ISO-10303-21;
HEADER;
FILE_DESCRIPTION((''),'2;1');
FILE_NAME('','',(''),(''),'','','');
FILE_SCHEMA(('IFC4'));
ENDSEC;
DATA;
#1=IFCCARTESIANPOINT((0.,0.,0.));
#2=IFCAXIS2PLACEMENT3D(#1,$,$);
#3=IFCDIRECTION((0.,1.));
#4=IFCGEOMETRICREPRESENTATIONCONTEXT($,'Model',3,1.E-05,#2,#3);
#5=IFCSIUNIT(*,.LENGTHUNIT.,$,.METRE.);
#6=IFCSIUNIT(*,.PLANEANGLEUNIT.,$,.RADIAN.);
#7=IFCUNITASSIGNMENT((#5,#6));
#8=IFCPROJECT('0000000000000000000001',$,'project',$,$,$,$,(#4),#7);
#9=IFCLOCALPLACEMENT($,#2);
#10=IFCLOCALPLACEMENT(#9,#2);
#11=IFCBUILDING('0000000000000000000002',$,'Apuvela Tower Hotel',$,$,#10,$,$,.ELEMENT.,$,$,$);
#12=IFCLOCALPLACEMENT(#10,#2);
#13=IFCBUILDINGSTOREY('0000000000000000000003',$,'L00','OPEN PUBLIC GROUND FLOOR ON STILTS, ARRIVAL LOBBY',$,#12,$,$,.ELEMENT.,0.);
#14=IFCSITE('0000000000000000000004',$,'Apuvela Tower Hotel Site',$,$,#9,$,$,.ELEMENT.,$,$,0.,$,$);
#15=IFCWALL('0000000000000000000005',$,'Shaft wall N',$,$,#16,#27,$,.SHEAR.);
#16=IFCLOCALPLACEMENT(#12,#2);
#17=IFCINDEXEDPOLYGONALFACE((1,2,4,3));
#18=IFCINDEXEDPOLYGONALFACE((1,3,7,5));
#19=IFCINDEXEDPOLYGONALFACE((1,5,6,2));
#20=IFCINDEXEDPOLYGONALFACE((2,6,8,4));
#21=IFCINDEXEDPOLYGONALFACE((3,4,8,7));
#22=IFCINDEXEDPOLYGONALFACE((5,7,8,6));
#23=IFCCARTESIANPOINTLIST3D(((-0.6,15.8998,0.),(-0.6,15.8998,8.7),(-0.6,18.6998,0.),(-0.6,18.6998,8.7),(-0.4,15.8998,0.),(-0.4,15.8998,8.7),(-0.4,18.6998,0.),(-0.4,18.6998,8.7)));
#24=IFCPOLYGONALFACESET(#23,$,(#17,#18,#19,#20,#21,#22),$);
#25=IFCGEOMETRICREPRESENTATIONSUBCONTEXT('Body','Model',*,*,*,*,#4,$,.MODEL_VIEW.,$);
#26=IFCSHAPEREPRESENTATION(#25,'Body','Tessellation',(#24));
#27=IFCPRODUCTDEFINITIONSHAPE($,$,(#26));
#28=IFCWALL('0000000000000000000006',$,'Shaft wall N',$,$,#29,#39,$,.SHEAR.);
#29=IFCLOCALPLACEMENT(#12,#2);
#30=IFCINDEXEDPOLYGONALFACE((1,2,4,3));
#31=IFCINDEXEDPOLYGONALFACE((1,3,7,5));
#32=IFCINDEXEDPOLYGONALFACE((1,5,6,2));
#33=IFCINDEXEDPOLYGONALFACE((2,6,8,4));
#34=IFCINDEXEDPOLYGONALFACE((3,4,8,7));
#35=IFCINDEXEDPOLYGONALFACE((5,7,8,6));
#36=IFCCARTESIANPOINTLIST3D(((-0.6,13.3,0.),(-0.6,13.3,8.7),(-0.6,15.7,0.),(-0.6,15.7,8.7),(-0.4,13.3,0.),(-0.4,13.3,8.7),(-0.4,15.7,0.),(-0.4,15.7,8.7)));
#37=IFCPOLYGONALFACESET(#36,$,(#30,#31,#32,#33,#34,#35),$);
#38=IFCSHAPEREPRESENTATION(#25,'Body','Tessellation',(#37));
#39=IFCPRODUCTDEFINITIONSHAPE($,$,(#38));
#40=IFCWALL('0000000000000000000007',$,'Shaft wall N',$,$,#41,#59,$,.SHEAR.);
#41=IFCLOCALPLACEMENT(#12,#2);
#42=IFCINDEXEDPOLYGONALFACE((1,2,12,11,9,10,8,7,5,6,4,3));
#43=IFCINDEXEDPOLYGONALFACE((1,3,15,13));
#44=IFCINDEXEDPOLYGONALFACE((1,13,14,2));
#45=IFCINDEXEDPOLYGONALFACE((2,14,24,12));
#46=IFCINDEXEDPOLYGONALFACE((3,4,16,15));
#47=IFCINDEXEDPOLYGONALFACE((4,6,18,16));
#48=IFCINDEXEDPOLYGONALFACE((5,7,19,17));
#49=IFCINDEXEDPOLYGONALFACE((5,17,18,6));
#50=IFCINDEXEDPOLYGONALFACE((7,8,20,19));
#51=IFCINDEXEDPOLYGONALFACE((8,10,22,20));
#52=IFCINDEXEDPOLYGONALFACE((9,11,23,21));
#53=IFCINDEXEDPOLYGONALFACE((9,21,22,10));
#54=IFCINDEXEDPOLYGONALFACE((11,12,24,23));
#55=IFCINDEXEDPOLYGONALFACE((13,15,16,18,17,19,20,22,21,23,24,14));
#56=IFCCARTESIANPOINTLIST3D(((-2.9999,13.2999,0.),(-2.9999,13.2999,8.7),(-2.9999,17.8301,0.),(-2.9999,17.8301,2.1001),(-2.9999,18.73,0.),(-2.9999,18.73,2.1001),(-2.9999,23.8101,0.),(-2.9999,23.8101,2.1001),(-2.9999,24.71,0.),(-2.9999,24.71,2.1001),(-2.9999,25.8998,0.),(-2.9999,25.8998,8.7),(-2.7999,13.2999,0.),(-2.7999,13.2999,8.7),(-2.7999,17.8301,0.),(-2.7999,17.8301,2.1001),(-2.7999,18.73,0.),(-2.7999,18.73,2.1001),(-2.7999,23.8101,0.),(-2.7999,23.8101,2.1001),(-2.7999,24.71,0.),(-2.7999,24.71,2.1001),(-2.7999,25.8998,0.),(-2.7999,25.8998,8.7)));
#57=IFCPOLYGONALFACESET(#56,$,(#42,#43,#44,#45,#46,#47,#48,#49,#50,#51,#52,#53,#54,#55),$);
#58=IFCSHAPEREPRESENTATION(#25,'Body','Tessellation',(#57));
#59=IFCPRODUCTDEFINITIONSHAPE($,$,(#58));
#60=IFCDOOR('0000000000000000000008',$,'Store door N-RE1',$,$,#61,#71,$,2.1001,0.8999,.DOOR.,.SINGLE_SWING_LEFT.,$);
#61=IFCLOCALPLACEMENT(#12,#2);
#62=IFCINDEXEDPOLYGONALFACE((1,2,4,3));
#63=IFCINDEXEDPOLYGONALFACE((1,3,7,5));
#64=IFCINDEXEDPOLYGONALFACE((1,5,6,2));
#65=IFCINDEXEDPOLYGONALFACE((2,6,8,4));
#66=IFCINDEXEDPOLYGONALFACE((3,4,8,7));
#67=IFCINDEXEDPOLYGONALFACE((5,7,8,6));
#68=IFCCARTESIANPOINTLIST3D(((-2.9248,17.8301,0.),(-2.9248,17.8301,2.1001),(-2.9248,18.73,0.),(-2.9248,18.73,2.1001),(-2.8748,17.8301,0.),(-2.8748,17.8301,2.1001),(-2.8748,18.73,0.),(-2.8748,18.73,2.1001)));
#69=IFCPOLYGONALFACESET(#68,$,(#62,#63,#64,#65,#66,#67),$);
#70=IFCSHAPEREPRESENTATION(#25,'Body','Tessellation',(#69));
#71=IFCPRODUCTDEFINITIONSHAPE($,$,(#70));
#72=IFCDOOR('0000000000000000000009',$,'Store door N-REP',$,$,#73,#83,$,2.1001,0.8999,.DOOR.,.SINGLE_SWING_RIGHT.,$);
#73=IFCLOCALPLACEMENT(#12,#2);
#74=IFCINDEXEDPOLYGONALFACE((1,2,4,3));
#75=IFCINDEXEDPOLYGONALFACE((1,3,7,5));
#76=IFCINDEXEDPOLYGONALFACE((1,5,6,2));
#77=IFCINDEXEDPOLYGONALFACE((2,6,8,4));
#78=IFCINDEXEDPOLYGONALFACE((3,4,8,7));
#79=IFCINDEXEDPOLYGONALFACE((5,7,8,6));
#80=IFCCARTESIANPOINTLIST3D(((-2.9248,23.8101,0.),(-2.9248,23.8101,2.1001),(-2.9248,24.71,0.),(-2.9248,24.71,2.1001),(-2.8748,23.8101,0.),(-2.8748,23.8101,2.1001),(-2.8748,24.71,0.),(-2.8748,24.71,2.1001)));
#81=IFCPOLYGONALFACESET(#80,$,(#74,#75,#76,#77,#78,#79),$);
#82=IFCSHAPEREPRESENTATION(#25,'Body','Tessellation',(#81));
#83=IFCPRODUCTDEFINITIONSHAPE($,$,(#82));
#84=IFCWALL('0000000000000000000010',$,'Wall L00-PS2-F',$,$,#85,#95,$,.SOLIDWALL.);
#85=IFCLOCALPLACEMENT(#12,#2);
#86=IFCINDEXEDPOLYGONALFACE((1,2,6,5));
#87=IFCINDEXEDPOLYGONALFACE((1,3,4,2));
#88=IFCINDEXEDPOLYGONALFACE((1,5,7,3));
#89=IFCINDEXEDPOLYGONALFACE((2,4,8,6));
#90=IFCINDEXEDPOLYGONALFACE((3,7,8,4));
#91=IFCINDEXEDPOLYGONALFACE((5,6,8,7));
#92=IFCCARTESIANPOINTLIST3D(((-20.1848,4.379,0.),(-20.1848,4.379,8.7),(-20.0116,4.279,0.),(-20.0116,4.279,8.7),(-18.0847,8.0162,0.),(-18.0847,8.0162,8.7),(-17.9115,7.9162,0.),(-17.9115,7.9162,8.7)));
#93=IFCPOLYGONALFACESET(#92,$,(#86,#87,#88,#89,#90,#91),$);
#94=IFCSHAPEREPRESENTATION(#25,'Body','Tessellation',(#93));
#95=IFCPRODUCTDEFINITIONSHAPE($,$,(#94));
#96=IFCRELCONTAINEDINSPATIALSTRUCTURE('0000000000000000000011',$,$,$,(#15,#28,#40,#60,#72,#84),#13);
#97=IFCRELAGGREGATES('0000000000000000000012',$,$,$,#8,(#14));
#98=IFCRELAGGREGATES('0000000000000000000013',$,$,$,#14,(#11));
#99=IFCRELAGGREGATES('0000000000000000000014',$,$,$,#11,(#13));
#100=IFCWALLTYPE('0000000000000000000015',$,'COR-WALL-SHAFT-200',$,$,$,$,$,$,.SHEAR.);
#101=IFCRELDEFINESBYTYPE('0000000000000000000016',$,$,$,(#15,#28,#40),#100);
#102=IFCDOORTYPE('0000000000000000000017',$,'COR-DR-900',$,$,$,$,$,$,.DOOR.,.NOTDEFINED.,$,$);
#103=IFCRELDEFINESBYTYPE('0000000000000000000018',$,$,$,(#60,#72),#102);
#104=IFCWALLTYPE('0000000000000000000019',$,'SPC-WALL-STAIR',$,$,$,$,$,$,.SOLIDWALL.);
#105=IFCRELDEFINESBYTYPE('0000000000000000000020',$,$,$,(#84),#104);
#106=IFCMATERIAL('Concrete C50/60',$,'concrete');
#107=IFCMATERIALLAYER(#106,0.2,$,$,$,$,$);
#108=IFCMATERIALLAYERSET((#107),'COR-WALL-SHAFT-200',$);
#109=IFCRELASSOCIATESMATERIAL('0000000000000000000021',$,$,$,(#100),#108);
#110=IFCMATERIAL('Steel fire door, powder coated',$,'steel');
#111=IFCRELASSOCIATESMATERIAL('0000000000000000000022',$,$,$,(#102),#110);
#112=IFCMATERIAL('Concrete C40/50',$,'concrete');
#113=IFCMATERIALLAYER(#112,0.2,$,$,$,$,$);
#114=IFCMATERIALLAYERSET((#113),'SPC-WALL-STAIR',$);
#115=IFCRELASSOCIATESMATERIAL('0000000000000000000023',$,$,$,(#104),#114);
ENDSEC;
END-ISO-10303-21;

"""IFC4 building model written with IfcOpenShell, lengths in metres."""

from ifc_helpers import new_model, si_unit, direction, frame, frame_2d, origin, place, context, subcontext, project, spatial, rectangle, extrude, material, layer, layer_set, type_object, element, fill, save


model = new_model("IFC4")

# Units and contexts
model_context = context("Model", 3, precision=1e-05, world=origin(), true_north=direction((0.0, 1.0)))
body_context = subcontext(model_context, "Body", "Model", "MODEL_VIEW")
ifc_project = project(units=[si_unit("LENGTHUNIT", "METRE"), si_unit("PLANEANGLEUNIT", "RADIAN")], contexts=[model_context])

# Site, building, storey
site_placement = place(None, origin())
site = spatial("IfcSite", under=ifc_project, at=site_placement, Name="Apuvela Tower Hotel Site", CompositionType="ELEMENT", RefElevation=0.0)
building_placement = place(site_placement, origin())
building = spatial("IfcBuilding", under=site, at=building_placement, Name="Apuvela Tower Hotel", CompositionType="ELEMENT")
storey_placement = place(building_placement, origin())
storey = spatial("IfcBuildingStorey", under=building, at=storey_placement, Name="L00", Description="OPEN PUBLIC GROUND FLOOR ON STILTS, ARRIVAL LOBBY", CompositionType="ELEMENT", Elevation=0.0)

# Shared definitions
ifc_material_1 = material(Name="Concrete C40/50", Category="concrete")

# Shared definitions
ifc_material_2 = material(Name="Concrete C50/60", Category="concrete")

# Shared definitions
ifc_layer_1 = layer(ifc_material_2, 0.2)
ifc_layer_set_1 = layer_set([ifc_layer_1], Name="COR-WALL-SHAFT-200")
wall_type_1 = type_object("IfcWallType", Name="COR-WALL-SHAFT-200", PredefinedType="SHEAR", material=ifc_layer_set_1)

# Walls
wall_1_placement = place(storey_placement, frame((-0.5, 15.8999, 0.0), z_axis=(0.0, 0.0, 1.0), x_axis=(0.0, 1.0, 0.0)))
element("IfcWall", 1, at=wall_1_placement, inside=storey, type_object=wall_type_1, Name="Shaft wall N", PredefinedType="SHEAR", context=body_context, shape_type="SweptSolid", body=[
    extrude(rectangle(XDim=2.8, YDim=0.2, at=frame_2d((1.3999, 0.0))), origin(), (0.0, 0.0, 1.0), 8.7),
])
wall_2_placement = place(storey_placement, frame((-0.5, 13.3, 0.0), z_axis=(0.0, 0.0, 1.0), x_axis=(0.0, 1.0, 0.0)))
element("IfcWall", 2, at=wall_2_placement, inside=storey, type_object=wall_type_1, Name="Shaft wall N", PredefinedType="SHEAR", context=body_context, shape_type="SweptSolid", body=[
    extrude(rectangle(XDim=2.3999, YDim=0.2, at=frame_2d((1.2, 0.0))), origin(), (0.0, 0.0, 1.0), 8.7),
])

# Wall, openings, doors
wall_3_placement = place(storey_placement, frame((-2.8999, 13.3, 0.0), z_axis=(0.0, 0.0, 1.0), x_axis=(0.0, 1.0, 0.0)))
wall_3 = element("IfcWall", 3, at=wall_3_placement, inside=storey, type_object=wall_type_1, Name="Shaft wall N", PredefinedType="SHEAR", context=body_context, shape_type="SweptSolid", body=[
    extrude(rectangle(XDim=12.5999, YDim=0.2, at=frame_2d((6.2998, 0.0))), origin(), (0.0, 0.0, 1.0), 8.7),
])
opening_1_placement = place(wall_3_placement, frame((4.53, 0.0, 0.0)))
opening_1 = element("IfcOpeningElement", 4, at=opening_1_placement, cuts=wall_3, PredefinedType="OPENING", context=body_context, shape_type="SweptSolid", body=[
    extrude(rectangle(XDim=0.8999, YDim=2.1001, at=frame_2d((0.45, 1.05))), frame((0.0, 0.1099, 0.0), z_axis=(0.0, -1.0, 0.0), x_axis=(1.0, 0.0, 0.0)), (0.0, 0.0, 1.0), 0.22),
])
opening_2_placement = place(wall_3_placement, frame((10.51, 0.0, 0.0)))
opening_2 = element("IfcOpeningElement", 5, at=opening_2_placement, cuts=wall_3, PredefinedType="OPENING", context=body_context, shape_type="SweptSolid", body=[
    extrude(rectangle(XDim=0.8999, YDim=2.1001, at=frame_2d((0.45, 1.05))), frame((0.0, 0.1099, 0.0), z_axis=(0.0, -1.0, 0.0), x_axis=(1.0, 0.0, 0.0)), (0.0, 0.0, 1.0), 0.22),
])
ifc_material_3 = material(Name="Steel fire door, powder coated", Category="steel")
door_type_1 = type_object("IfcDoorType", Name="COR-DR-900", OperationType="NOTDEFINED", PredefinedType="DOOR", material=ifc_material_3)
door_1_placement = place(opening_1_placement, origin())
door_1 = element("IfcDoor", 6, at=door_1_placement, inside=storey, type_object=door_type_1, Name="Store door N-RE1", OperationType="SINGLE_SWING_LEFT", OverallHeight=2.1001, OverallWidth=0.8999, PredefinedType="DOOR", context=body_context, shape_type="SweptSolid", body=[
    extrude(rectangle(XDim=0.8999, YDim=2.1001, at=frame_2d((0.45, 1.05))), frame((0.0, 0.0249, 0.0), z_axis=(0.0, -1.0, 0.0), x_axis=(1.0, 0.0, 0.0)), (0.0, 0.0, 1.0), 0.05),
])
fill(opening_1, door_1)
door_2_placement = place(opening_2_placement, origin())
door_2 = element("IfcDoor", 7, at=door_2_placement, inside=storey, type_object=door_type_1, Name="Store door N-REP", OperationType="SINGLE_SWING_RIGHT", OverallHeight=2.1001, OverallWidth=0.8999, PredefinedType="DOOR", context=body_context, shape_type="SweptSolid", body=[
    extrude(rectangle(XDim=0.8999, YDim=2.1001, at=frame_2d((0.45, 1.05))), frame((0.0, 0.0249, 0.0), z_axis=(0.0, -1.0, 0.0), x_axis=(1.0, 0.0, 0.0)), (0.0, 0.0, 1.0), 0.05),
])
fill(opening_2, door_2)

# Wall
ifc_layer_2 = layer(ifc_material_1, 0.2)
ifc_layer_set_2 = layer_set([ifc_layer_2], Name="SPC-WALL-STAIR")
wall_type_2 = type_object("IfcWallType", Name="SPC-WALL-STAIR", PredefinedType="SOLIDWALL", material=ifc_layer_set_2)
wall_4_placement = place(storey_placement, frame((-17.998, 7.9663, 0.0), z_axis=(0.0, 0.0, 1.0), x_axis=(-0.500028, -0.866009, 0.0)))
element("IfcWall", 8, at=wall_4_placement, inside=storey, type_object=wall_type_2, Name="Wall L00-PS2-F", PredefinedType="SOLIDWALL", context=body_context, shape_type="SweptSolid", body=[
    extrude(rectangle(XDim=4.2, YDim=0.2, at=frame_2d((2.1001, 0.0))), origin(), (0.0, 0.0, 1.0), 8.7),
])

save(model, "model.ifc")
